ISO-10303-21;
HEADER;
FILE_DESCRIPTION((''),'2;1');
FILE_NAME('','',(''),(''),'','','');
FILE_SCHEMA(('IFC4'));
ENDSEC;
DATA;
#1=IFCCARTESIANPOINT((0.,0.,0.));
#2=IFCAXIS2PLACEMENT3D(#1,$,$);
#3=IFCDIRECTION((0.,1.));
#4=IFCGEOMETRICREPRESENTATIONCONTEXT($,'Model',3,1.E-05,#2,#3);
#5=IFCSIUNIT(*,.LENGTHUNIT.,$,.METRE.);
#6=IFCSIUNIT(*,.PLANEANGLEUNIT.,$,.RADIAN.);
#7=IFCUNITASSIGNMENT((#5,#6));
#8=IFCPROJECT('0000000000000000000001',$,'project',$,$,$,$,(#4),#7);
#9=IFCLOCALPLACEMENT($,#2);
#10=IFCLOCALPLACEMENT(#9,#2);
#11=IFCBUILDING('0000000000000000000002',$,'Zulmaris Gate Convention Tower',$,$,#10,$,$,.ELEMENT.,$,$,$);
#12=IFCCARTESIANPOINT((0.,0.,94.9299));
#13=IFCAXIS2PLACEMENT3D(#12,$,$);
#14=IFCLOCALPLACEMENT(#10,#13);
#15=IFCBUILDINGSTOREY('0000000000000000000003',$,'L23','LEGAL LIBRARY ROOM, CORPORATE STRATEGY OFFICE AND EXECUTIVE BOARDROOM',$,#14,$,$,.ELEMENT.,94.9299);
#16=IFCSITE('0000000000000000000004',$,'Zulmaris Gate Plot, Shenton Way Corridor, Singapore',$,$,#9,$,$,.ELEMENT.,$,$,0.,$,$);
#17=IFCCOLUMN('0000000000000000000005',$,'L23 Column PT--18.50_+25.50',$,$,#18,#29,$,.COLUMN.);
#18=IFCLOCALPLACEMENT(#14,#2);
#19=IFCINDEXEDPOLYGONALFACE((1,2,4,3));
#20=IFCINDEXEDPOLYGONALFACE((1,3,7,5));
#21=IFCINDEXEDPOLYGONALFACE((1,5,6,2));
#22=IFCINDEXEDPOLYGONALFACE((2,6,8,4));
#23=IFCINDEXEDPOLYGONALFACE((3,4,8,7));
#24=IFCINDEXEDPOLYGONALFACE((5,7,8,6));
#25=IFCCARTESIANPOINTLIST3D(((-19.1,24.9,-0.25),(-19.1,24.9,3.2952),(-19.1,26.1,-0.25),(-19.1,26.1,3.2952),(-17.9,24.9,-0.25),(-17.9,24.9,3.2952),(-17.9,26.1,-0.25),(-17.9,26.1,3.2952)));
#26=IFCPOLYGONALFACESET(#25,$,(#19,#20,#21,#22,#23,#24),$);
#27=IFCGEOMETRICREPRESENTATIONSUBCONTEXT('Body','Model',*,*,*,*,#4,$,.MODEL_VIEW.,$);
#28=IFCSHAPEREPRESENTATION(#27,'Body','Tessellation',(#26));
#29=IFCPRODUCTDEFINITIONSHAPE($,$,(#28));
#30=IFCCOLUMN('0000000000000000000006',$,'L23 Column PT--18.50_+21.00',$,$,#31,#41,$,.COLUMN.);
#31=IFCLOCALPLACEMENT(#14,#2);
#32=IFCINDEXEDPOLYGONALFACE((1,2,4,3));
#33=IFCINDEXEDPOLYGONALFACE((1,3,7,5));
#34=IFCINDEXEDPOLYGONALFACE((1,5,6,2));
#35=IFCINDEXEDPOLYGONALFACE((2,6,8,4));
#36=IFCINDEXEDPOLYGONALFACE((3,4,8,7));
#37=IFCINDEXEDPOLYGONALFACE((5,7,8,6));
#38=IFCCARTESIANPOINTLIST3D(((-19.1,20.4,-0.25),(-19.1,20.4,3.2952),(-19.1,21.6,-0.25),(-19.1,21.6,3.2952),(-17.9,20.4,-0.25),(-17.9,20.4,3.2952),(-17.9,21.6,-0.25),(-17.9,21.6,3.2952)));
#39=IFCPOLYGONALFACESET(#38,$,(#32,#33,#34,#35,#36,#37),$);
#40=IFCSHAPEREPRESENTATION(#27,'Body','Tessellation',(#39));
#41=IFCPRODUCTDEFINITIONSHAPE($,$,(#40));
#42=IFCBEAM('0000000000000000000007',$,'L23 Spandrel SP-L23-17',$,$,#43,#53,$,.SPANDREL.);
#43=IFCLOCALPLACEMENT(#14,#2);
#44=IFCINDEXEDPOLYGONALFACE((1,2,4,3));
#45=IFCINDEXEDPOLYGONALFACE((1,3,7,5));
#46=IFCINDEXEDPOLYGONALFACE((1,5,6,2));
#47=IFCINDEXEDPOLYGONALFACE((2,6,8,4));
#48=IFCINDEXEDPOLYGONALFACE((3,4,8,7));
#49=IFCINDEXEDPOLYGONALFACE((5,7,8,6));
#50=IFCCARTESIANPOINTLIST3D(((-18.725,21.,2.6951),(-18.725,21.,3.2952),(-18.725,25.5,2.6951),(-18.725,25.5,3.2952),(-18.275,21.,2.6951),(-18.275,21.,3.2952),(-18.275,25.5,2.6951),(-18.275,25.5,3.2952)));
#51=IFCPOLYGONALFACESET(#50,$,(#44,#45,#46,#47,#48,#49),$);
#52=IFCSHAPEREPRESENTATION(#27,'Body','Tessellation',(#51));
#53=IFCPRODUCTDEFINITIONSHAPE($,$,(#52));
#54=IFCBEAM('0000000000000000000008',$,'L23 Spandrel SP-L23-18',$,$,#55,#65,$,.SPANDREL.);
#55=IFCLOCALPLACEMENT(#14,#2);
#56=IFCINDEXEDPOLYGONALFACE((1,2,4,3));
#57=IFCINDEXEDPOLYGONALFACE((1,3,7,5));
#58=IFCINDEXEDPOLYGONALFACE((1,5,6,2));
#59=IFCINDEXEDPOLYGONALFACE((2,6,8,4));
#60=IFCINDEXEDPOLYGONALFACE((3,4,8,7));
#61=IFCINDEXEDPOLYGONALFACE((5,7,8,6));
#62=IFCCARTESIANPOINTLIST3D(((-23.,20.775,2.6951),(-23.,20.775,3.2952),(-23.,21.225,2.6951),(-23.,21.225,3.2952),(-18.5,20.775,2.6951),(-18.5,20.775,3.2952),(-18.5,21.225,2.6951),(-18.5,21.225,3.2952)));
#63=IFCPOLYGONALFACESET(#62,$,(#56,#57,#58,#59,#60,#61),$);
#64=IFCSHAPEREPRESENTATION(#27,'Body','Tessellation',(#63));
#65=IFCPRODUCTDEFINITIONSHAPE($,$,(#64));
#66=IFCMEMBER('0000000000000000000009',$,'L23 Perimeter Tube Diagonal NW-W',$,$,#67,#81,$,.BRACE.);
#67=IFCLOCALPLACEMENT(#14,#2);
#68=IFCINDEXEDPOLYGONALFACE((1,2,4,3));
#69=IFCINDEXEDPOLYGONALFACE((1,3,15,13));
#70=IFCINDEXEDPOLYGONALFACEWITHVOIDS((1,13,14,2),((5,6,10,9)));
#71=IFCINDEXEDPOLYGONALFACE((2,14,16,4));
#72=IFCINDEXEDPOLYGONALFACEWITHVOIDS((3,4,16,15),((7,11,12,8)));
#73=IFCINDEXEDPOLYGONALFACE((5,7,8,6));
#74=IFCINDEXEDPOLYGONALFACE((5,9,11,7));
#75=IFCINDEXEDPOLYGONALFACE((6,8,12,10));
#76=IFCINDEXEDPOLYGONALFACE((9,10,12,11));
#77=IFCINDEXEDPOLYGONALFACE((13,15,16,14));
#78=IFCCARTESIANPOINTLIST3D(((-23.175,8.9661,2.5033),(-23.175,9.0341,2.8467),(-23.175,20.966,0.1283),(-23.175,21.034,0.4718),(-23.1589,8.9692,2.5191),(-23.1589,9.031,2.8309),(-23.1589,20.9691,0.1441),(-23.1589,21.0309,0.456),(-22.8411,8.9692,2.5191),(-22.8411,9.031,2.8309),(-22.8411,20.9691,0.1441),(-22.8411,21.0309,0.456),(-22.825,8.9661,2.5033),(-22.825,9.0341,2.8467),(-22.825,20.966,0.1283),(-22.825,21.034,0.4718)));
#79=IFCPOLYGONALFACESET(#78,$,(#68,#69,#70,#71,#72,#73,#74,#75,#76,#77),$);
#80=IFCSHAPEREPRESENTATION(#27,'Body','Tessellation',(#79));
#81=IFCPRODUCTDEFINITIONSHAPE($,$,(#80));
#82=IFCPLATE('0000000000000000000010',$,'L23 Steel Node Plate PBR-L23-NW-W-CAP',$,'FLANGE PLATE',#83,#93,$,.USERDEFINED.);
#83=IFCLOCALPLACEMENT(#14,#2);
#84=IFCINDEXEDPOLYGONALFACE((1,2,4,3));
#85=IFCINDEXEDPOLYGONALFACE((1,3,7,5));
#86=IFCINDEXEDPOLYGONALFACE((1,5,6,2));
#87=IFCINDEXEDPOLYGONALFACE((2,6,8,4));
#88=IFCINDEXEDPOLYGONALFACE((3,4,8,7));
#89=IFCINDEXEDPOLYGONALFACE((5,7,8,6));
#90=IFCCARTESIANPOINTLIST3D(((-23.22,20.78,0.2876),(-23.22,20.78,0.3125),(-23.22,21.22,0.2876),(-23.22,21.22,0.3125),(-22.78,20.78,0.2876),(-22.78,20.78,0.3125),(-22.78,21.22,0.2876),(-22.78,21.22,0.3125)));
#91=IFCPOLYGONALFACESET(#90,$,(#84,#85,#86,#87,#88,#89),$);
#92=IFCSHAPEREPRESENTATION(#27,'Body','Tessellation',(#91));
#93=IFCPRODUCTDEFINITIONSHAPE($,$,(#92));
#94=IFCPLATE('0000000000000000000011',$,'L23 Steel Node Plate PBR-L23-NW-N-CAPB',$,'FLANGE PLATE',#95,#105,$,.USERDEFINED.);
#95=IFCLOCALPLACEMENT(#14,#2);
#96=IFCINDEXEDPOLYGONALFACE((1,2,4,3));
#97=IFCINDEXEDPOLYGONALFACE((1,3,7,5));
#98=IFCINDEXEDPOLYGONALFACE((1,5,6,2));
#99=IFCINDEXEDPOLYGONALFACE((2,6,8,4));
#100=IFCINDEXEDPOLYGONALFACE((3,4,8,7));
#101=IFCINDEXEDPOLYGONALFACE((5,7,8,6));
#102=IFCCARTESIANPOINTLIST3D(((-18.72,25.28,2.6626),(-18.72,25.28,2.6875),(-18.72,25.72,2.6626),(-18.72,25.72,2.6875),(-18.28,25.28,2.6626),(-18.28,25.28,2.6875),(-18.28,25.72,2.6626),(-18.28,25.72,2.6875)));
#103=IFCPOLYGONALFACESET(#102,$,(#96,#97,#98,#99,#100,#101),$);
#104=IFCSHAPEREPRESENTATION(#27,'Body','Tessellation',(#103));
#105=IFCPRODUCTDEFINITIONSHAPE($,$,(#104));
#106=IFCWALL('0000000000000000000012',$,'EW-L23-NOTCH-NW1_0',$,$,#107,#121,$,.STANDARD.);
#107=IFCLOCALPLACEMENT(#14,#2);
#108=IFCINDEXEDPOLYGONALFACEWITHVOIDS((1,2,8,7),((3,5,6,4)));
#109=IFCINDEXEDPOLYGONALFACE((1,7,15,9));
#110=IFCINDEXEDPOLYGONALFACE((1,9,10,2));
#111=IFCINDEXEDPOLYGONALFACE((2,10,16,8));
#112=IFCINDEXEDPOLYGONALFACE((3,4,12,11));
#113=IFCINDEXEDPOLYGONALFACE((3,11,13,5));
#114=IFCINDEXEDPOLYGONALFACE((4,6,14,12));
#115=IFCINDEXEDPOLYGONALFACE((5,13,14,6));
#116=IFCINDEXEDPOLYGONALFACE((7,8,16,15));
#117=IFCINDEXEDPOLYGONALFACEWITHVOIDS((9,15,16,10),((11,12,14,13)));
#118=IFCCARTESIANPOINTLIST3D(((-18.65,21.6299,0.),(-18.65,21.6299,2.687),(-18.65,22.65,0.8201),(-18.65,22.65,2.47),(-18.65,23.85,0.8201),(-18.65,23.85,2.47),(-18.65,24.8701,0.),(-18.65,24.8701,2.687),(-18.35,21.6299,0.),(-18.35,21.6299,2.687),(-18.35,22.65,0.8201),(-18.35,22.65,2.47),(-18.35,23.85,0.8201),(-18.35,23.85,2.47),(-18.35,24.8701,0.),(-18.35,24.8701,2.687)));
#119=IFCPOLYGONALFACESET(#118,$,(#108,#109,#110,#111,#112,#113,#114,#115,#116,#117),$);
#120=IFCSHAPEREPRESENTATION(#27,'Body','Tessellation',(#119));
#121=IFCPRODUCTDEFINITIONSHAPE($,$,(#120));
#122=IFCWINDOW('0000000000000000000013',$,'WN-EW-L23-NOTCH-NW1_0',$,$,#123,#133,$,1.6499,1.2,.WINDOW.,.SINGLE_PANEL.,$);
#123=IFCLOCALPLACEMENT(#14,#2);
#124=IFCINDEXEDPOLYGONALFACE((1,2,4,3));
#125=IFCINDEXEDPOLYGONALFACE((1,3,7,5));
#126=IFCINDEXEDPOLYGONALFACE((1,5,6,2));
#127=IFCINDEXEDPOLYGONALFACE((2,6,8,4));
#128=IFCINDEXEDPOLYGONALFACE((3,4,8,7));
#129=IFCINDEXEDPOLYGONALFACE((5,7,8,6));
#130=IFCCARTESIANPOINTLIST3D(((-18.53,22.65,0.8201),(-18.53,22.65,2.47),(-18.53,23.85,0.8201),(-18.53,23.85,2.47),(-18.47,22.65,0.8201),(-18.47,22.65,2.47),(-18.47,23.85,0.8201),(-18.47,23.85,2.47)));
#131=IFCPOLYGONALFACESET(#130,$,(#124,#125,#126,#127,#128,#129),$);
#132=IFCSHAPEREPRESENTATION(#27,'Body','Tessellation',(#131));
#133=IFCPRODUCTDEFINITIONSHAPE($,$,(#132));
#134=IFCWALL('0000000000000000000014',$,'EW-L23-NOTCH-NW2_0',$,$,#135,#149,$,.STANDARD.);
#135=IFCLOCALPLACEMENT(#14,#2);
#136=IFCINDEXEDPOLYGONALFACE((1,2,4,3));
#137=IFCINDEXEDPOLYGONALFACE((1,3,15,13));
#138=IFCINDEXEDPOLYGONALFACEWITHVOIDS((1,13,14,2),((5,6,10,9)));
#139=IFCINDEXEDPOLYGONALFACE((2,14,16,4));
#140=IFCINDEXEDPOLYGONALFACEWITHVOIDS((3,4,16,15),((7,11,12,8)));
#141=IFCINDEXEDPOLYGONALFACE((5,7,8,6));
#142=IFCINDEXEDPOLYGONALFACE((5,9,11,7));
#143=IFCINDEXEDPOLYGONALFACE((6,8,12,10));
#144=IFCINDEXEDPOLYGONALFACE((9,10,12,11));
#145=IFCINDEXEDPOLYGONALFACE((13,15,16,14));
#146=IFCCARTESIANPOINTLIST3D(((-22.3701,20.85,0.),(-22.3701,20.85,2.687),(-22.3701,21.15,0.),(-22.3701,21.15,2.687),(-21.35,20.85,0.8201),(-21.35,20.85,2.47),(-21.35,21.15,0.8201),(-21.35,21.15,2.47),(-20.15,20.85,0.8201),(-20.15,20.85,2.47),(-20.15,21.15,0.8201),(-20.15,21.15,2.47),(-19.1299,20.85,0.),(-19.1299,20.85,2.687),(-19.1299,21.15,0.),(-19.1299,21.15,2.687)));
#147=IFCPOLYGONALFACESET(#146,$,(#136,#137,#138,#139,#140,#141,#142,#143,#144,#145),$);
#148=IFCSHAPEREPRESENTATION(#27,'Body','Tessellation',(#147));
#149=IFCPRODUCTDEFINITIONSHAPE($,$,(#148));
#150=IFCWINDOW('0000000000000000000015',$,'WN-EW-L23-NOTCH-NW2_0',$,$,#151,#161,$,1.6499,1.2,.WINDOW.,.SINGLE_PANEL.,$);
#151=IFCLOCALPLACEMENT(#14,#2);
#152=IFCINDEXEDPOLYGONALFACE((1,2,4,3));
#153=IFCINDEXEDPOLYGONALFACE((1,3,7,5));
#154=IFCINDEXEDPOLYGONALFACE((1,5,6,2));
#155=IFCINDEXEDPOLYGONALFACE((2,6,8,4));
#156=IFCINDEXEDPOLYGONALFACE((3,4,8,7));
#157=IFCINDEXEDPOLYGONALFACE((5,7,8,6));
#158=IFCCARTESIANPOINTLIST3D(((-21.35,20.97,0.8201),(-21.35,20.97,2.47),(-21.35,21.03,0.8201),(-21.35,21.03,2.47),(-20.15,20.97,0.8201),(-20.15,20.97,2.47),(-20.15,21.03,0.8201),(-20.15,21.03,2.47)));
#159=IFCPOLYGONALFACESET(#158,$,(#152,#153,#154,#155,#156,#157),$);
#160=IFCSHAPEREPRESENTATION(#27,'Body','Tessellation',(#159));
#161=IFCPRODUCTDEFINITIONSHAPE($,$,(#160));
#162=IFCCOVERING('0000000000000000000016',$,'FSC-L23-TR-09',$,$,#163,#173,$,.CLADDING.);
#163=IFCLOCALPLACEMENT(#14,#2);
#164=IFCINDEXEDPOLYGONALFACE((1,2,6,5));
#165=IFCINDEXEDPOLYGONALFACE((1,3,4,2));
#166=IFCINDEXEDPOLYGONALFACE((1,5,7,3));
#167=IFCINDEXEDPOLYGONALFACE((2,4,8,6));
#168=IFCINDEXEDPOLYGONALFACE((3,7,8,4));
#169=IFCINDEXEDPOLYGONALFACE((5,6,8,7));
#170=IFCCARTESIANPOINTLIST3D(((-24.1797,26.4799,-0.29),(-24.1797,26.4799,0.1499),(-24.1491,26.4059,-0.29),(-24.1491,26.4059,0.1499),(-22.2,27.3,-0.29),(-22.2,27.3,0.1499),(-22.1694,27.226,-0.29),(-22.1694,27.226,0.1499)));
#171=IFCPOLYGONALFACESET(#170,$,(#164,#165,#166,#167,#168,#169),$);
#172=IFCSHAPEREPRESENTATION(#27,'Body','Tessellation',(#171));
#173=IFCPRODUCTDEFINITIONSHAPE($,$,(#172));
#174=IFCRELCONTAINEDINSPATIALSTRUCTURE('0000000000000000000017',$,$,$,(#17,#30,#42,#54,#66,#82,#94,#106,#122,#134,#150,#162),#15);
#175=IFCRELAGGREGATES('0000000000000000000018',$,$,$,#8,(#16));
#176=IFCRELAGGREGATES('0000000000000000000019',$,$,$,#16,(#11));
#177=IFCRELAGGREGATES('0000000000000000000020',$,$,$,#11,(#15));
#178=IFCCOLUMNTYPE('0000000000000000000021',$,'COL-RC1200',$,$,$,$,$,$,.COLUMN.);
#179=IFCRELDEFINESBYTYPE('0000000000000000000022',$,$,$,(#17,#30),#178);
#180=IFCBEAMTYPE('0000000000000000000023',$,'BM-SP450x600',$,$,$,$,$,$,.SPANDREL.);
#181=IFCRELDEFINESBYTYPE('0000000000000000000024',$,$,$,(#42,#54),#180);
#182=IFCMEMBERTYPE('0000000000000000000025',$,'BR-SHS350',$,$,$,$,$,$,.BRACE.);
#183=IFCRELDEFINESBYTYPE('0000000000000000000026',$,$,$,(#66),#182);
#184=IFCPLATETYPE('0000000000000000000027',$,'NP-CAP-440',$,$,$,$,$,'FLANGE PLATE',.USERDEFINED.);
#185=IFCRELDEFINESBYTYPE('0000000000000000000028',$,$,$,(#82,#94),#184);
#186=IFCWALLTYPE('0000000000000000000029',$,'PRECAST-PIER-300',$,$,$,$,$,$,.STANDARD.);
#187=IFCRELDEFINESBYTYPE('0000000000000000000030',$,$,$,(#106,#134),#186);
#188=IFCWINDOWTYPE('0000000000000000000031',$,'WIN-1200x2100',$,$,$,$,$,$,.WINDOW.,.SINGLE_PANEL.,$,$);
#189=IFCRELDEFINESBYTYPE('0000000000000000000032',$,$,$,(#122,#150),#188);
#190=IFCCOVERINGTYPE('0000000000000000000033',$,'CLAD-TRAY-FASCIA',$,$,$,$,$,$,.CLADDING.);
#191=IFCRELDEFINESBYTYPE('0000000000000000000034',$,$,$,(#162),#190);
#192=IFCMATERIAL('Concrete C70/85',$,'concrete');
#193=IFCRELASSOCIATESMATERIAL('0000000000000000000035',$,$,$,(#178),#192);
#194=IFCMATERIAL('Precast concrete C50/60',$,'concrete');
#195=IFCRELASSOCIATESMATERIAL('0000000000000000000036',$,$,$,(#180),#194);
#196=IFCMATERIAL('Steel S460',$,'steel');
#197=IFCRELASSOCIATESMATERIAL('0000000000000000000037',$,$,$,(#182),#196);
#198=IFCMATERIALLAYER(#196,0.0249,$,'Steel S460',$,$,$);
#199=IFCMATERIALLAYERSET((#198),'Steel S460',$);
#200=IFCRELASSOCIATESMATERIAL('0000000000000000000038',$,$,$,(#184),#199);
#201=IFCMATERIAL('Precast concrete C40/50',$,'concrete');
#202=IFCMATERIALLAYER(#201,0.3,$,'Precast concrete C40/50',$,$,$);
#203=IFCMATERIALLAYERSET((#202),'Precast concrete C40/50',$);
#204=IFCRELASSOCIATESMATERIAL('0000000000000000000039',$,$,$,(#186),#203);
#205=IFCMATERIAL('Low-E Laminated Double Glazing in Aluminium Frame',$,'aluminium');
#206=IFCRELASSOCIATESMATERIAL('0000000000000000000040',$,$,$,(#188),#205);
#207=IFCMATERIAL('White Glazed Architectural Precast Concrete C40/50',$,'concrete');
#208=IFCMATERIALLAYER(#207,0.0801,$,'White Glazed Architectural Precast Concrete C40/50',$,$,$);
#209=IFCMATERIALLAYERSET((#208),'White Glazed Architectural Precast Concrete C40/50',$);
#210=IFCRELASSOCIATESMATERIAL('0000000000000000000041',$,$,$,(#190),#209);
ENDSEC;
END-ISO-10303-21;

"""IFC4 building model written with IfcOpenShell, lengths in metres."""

from ifc_helpers import new_model, si_unit, direction, frame, frame_2d, origin, origin_2d, place, context, subcontext, project, spatial, rectangle, hollow_rectangle, extrude, material, layer, layer_set, material_profile, profile_set, type_object, element, fill, save


model = new_model("IFC4")

# Units and contexts
model_context = context("Model", 3, precision=1e-05, world=origin(), true_north=direction((0.0, 1.0)))
body_context = subcontext(model_context, "Body", "Model", "MODEL_VIEW")
ifc_project = project(units=[si_unit("LENGTHUNIT", "METRE"), si_unit("PLANEANGLEUNIT", "RADIAN")], contexts=[model_context])

# Site, building, storey
site_placement = place(None, origin())
site = spatial("IfcSite", under=ifc_project, at=site_placement, Name="Zulmaris Gate Plot, Shenton Way Corridor, Singapore", CompositionType="ELEMENT", RefElevation=0.0)
building_placement = place(site_placement, origin())
building = spatial("IfcBuilding", under=site, at=building_placement, Name="Zulmaris Gate Convention Tower", CompositionType="ELEMENT")
storey_placement = place(building_placement, frame((0.0, 0.0, 94.9299)))
storey = spatial("IfcBuildingStorey", under=building, at=storey_placement, Name="L23", Description="LEGAL LIBRARY ROOM, CORPORATE STRATEGY OFFICE AND EXECUTIVE BOARDROOM", CompositionType="ELEMENT", Elevation=94.9299)

# Columns
ifc_material_1 = material(Name="Concrete C70/85", Category="concrete")
ifc_material_profile_1 = material_profile(ifc_material_1, rectangle(XDim=1.2, YDim=1.2, at=origin_2d()), Name="RC COL 1200x1200")
ifc_profile_set_1 = profile_set([ifc_material_profile_1], Name="Concrete C70/85")
column_type = type_object("IfcColumnType", Name="COL-RC1200", PredefinedType="COLUMN", material=ifc_profile_set_1)
for number, where, z_axis, x_axis, name in (
    (1, (-18.5, 25.5, -0.25), (0.0, 0.0, 1.0), (1.0, 0.0, 0.0), "L23 Column PT--18.50_+25.50"),
    (2, (-18.5, 21.0, -0.25), (0.0, 0.0, 1.0), (1.0, 0.0, 0.0), "L23 Column PT--18.50_+21.00"),
):
    element("IfcColumn", number, at=place(storey_placement, frame(where, z_axis=z_axis, x_axis=x_axis)), inside=storey, type_object=column_type, Name=name, PredefinedType="COLUMN", context=body_context, shape_type="SweptSolid", body=[
        extrude(rectangle(XDim=1.2, YDim=1.2, at=origin_2d()), origin(), (0.0, 0.0, 1.0), 3.5452),
    ])

# Beams
ifc_material_2 = material(Name="Precast concrete C50/60", Category="concrete")
ifc_material_profile_2 = material_profile(ifc_material_2, rectangle(XDim=0.45, YDim=0.6001, at=origin_2d()), Name="RC SPANDREL 450x600")
ifc_profile_set_2 = profile_set([ifc_material_profile_2], Name="Precast concrete C50/60")
beam_type = type_object("IfcBeamType", Name="BM-SP450x600", PredefinedType="SPANDREL", material=ifc_profile_set_2)
for number, where, z_axis, x_axis, name in (
    (3, (-18.5, 25.5, 2.9951), (0.0, -1.0, 0.0), (1.0, 0.0, 0.0), "L23 Spandrel SP-L23-17"),
    (4, (-18.5, 21.0, 2.9951), (-1.0, 0.0, 0.0), (0.0, -1.0, 0.0), "L23 Spandrel SP-L23-18"),
):
    element("IfcBeam", number, at=place(storey_placement, frame(where, z_axis=z_axis, x_axis=x_axis)), inside=storey, type_object=beam_type, Name=name, PredefinedType="SPANDREL", context=body_context, shape_type="SweptSolid", body=[
        extrude(rectangle(XDim=0.45, YDim=0.6001, at=origin_2d()), origin(), (0.0, 0.0, 1.0), 4.5),
    ])

# Member
ifc_material_3 = material(Name="Steel S460", Category="steel")
ifc_material_profile_3 = material_profile(ifc_material_3, hollow_rectangle(XDim=0.3501, YDim=0.3501, WallThickness=0.0161, at=origin_2d()), Name="SHS 350x350x16")
ifc_profile_set_3 = profile_set([ifc_material_profile_3], Name="Steel S460")
member_type = type_object("IfcMemberType", Name="BR-SHS350", PredefinedType="BRACE", material=ifc_profile_set_3)
member_placement = place(storey_placement, frame((-23.0, 21.0, 0.3), z_axis=(0.0, -0.980972, 0.194151), x_axis=(1.0, 0.0, 0.0)))
element("IfcMember", 5, at=member_placement, inside=storey, type_object=member_type, Name="L23 Perimeter Tube Diagonal NW-W", PredefinedType="BRACE", context=body_context, shape_type="SweptSolid", body=[
    extrude(hollow_rectangle(XDim=0.3501, YDim=0.3501, WallThickness=0.0161, at=origin_2d()), origin(), (0.0, 0.0, 1.0), 12.2327),
])

# Plates
ifc_layer_1 = layer(ifc_material_3, 0.0249, Name="Steel S460")
ifc_layer_set_1 = layer_set([ifc_layer_1], Name="Steel S460")
plate_type = type_object("IfcPlateType", Name="NP-CAP-440", ElementType="FLANGE PLATE", PredefinedType="USERDEFINED", material=ifc_layer_set_1)
for number, where, z_axis, x_axis, name in (
    (6, (-23.0, 21.0, 0.2876), (0.0, 0.0, 1.0), (1.0, 0.0, 0.0), "L23 Steel Node Plate PBR-L23-NW-W-CAP"),
    (7, (-18.5, 25.5, 2.6626), (0.0, 0.0, 1.0), (1.0, 0.0, 0.0), "L23 Steel Node Plate PBR-L23-NW-N-CAPB"),
):
    element("IfcPlate", number, at=place(storey_placement, frame(where, z_axis=z_axis, x_axis=x_axis)), inside=storey, type_object=plate_type, Name=name, ObjectType="FLANGE PLATE", PredefinedType="USERDEFINED", context=body_context, shape_type="SweptSolid", body=[
        extrude(rectangle(XDim=0.4399, YDim=0.4399, at=origin_2d()), origin(), (0.0, 0.0, 1.0), 0.0249),
    ])

# Walls, openings, windows
ifc_material_4 = material(Name="Precast concrete C40/50", Category="concrete")
ifc_layer_2 = layer(ifc_material_4, 0.3, Name="Precast concrete C40/50")
ifc_layer_set_2 = layer_set([ifc_layer_2], Name="Precast concrete C40/50")
wall_type = type_object("IfcWallType", Name="PRECAST-PIER-300", PredefinedType="STANDARD", material=ifc_layer_set_2)
wall_1_placement = place(storey_placement, frame((-18.5, 24.8701, 0.0), z_axis=(0.0, 0.0, 1.0), x_axis=(0.0, -1.0, 0.0)))
wall_1 = element("IfcWall", 8, at=wall_1_placement, inside=storey, type_object=wall_type, Name="EW-L23-NOTCH-NW1_0", PredefinedType="STANDARD", context=body_context, shape_type="SweptSolid", body=[
    extrude(rectangle(XDim=3.2402, YDim=0.3, at=frame_2d((1.6201, 0.0))), origin(), (0.0, 0.0, 1.0), 2.687),
])
opening_1_placement = place(wall_1_placement, frame((1.02, 0.0, 0.8201)))
opening_1 = element("IfcOpeningElement", 9, at=opening_1_placement, cuts=wall_1, PredefinedType="OPENING", context=body_context, shape_type="SweptSolid", body=[
    extrude(rectangle(XDim=1.2, YDim=1.6499, at=frame_2d((0.6001, 0.825))), frame((0.0, 0.1602, 0.0), z_axis=(0.0, -1.0, 0.0), x_axis=(1.0, 0.0, 0.0)), (0.0, 0.0, 1.0), 0.3201),
])
ifc_material_5 = material(Name="Low-E Laminated Double Glazing in Aluminium Frame", Category="aluminium")
window_type = type_object("IfcWindowType", Name="WIN-1200x2100", PartitioningType="SINGLE_PANEL", PredefinedType="WINDOW", material=ifc_material_5)
window_1_placement = place(opening_1_placement, origin())
window_1 = element("IfcWindow", 10, at=window_1_placement, inside=storey, type_object=window_type, Name="WN-EW-L23-NOTCH-NW1_0", OverallHeight=1.6499, OverallWidth=1.2, PartitioningType="SINGLE_PANEL", PredefinedType="WINDOW", context=body_context, shape_type="SweptSolid", body=[
    extrude(rectangle(XDim=1.2, YDim=1.6499, at=frame_2d((0.6001, 0.825))), frame((0.0, 0.03, 0.0), z_axis=(0.0, -1.0, 0.0), x_axis=(1.0, 0.0, 0.0)), (0.0, 0.0, 1.0), 0.0601),
])
fill(opening_1, window_1)
wall_2_placement = place(storey_placement, frame((-19.1299, 21.0, 0.0), z_axis=(0.0, 0.0, 1.0), x_axis=(-1.0, 0.0, 0.0)))
wall_2 = element("IfcWall", 11, at=wall_2_placement, inside=storey, type_object=wall_type, Name="EW-L23-NOTCH-NW2_0", PredefinedType="STANDARD", context=body_context, shape_type="SweptSolid", body=[
    extrude(rectangle(XDim=3.2402, YDim=0.3, at=frame_2d((1.6201, 0.0))), origin(), (0.0, 0.0, 1.0), 2.687),
])
opening_2_placement = place(wall_2_placement, frame((1.02, 0.0, 0.8201)))
opening_2 = element("IfcOpeningElement", 12, at=opening_2_placement, cuts=wall_2, PredefinedType="OPENING", context=body_context, shape_type="SweptSolid", body=[
    extrude(rectangle(XDim=1.2, YDim=1.6499, at=frame_2d((0.6001, 0.825))), frame((0.0, 0.1602, 0.0), z_axis=(0.0, -1.0, 0.0), x_axis=(1.0, 0.0, 0.0)), (0.0, 0.0, 1.0), 0.3201),
])
window_2_placement = place(opening_2_placement, origin())
window_2 = element("IfcWindow", 13, at=window_2_placement, inside=storey, type_object=window_type, Name="WN-EW-L23-NOTCH-NW2_0", OverallHeight=1.6499, OverallWidth=1.2, PartitioningType="SINGLE_PANEL", PredefinedType="WINDOW", context=body_context, shape_type="SweptSolid", body=[
    extrude(rectangle(XDim=1.2, YDim=1.6499, at=frame_2d((0.6001, 0.825))), frame((0.0, 0.03, 0.0), z_axis=(0.0, -1.0, 0.0), x_axis=(1.0, 0.0, 0.0)), (0.0, 0.0, 1.0), 0.0601),
])
fill(opening_2, window_2)

# Covering
ifc_material_6 = material(Name="White Glazed Architectural Precast Concrete C40/50", Category="concrete")
ifc_layer_3 = layer(ifc_material_6, 0.0801, Name="White Glazed Architectural Precast Concrete C40/50")
ifc_layer_set_3 = layer_set([ifc_layer_3], Name="White Glazed Architectural Precast Concrete C40/50")
covering_type = type_object("IfcCoveringType", Name="CLAD-TRAY-FASCIA", PredefinedType="CLADDING", material=ifc_layer_set_3)
covering_1_placement = place(storey_placement, frame((-22.1848, 27.2629, -0.29), z_axis=(0.0, 0.0, 1.0), x_axis=(-0.923874, -0.382697, 0.0)))
element("IfcCovering", 14, at=covering_1_placement, inside=storey, type_object=covering_type, Name="FSC-L23-TR-09", PredefinedType="CLADDING", context=body_context, shape_type="SweptSolid", body=[
    extrude(rectangle(XDim=2.1428, YDim=0.0801, at=frame_2d((1.0713, 0.0))), origin(), (0.0, 0.0, 1.0), 0.4399),
])

save(model, "model.ifc")
